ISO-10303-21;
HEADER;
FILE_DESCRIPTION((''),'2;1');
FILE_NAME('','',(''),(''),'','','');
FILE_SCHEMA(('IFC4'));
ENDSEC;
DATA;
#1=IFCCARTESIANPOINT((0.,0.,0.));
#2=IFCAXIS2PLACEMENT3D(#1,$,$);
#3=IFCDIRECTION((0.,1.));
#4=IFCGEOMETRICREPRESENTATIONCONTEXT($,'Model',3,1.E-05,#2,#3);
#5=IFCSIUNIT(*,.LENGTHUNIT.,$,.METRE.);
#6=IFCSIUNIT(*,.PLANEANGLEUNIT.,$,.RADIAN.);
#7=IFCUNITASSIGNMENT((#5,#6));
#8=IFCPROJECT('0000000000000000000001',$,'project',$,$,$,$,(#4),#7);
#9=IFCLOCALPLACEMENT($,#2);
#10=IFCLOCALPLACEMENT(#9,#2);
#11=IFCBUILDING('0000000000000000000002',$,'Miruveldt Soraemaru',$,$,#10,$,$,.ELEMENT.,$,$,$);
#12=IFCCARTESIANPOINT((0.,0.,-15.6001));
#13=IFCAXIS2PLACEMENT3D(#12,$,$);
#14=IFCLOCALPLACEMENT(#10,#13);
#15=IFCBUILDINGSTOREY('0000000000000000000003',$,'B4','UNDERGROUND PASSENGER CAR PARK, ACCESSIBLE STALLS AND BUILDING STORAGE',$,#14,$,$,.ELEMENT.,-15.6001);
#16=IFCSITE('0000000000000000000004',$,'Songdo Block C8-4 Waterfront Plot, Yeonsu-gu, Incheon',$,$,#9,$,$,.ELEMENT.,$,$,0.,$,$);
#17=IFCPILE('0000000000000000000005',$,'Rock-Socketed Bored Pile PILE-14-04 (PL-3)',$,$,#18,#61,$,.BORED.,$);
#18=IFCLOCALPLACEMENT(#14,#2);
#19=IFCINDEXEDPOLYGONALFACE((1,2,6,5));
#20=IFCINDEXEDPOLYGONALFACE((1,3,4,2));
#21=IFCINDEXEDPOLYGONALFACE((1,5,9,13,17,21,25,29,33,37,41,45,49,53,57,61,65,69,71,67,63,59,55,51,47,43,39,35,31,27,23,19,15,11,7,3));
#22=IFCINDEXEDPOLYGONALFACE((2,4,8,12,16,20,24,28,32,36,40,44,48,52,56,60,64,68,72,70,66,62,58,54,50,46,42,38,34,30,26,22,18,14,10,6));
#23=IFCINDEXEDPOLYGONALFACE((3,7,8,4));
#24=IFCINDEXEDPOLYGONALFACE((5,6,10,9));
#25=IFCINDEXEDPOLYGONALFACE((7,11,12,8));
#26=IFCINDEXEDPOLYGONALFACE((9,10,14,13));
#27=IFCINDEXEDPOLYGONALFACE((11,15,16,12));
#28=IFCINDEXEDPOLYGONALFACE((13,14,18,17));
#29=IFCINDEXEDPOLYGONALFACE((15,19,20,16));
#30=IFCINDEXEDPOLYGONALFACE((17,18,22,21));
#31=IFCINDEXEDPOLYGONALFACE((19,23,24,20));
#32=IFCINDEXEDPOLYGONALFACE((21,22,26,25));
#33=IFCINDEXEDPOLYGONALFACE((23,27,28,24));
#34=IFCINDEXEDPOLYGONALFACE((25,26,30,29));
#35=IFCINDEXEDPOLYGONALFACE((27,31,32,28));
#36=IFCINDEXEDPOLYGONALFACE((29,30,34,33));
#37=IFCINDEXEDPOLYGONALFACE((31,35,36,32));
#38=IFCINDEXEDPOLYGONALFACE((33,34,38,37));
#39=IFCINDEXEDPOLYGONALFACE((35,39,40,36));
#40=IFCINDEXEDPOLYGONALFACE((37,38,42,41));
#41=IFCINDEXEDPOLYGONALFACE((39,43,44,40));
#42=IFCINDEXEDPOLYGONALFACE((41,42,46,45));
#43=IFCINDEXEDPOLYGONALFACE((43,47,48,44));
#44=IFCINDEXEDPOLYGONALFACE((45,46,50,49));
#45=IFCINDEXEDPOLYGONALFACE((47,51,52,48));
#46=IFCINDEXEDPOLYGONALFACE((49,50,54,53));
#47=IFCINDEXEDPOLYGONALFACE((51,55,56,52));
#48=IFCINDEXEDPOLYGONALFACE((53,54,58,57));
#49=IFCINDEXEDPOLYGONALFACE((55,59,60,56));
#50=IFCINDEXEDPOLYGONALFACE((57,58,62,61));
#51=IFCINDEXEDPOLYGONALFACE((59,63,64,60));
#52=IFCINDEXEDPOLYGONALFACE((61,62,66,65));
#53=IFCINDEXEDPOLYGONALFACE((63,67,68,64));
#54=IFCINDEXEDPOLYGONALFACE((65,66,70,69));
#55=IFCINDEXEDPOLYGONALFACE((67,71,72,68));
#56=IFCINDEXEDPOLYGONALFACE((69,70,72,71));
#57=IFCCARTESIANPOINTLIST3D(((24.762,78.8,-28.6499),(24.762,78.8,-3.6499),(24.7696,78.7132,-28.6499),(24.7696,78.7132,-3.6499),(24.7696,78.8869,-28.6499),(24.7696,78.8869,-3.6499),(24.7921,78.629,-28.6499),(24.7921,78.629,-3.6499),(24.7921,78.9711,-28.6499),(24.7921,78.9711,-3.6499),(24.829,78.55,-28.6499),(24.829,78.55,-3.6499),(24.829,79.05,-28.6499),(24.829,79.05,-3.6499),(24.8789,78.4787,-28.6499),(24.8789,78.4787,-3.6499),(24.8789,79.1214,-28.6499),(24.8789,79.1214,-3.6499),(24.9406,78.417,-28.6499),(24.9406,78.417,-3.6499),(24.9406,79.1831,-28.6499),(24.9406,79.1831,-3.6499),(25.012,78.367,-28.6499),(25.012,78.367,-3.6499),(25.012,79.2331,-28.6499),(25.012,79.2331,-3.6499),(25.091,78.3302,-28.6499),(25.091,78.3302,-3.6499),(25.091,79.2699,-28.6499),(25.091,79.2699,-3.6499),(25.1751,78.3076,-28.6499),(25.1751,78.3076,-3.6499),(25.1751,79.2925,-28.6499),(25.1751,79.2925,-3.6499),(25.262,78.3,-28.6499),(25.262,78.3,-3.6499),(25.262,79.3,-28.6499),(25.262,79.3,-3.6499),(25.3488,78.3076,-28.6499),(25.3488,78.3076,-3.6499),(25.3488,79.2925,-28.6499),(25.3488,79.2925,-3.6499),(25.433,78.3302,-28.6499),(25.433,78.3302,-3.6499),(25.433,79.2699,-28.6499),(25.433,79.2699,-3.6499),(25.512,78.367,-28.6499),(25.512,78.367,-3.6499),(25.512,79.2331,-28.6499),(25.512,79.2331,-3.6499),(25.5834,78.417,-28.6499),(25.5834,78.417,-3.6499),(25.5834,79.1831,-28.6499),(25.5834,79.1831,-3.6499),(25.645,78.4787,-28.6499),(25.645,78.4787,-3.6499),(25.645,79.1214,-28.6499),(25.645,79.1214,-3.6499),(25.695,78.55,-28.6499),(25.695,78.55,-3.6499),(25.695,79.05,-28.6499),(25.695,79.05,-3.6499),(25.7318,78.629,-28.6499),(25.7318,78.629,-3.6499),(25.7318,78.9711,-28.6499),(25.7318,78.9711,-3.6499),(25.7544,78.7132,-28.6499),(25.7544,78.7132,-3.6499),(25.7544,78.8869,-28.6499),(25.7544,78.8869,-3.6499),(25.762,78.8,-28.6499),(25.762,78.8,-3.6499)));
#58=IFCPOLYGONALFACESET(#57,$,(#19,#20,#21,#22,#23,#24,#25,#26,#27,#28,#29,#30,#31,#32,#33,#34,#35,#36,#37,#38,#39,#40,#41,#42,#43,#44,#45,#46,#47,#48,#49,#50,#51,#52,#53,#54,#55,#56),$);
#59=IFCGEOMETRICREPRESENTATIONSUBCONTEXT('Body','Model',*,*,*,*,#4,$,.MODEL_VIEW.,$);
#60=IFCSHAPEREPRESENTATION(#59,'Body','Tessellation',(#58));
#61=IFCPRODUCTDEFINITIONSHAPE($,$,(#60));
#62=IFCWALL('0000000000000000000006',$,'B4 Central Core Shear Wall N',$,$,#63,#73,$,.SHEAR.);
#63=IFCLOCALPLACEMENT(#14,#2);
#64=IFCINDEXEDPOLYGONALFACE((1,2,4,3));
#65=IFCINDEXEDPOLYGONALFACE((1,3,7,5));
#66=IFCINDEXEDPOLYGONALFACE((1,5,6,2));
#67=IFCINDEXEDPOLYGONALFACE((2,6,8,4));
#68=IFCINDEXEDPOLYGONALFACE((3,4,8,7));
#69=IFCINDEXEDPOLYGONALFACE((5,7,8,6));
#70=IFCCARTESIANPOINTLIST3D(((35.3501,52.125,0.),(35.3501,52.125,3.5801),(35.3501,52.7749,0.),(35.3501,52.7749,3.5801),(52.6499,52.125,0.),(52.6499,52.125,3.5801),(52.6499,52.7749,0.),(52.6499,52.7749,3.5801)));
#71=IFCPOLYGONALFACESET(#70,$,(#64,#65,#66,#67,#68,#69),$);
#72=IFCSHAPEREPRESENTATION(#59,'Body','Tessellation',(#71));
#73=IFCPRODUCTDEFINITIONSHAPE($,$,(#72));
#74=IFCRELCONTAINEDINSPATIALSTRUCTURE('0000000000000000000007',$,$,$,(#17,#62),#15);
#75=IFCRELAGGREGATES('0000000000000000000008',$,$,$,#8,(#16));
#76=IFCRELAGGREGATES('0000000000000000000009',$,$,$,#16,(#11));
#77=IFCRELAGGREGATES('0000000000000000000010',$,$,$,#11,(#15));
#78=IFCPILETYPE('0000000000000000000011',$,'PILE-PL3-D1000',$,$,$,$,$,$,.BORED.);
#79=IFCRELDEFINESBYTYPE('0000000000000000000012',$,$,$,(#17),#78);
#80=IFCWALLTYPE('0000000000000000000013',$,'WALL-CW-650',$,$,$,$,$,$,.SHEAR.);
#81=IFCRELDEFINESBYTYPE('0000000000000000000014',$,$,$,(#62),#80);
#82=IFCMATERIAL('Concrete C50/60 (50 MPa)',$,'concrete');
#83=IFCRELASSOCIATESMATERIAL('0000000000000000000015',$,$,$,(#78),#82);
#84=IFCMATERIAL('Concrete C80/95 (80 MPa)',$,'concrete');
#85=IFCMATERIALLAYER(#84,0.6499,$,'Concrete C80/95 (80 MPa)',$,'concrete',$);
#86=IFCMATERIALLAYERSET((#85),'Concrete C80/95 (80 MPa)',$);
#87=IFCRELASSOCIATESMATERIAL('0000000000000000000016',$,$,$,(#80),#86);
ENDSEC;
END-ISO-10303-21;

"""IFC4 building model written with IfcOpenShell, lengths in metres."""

from ifc_helpers import new_model, si_unit, direction, frame, frame_2d, origin, origin_2d, place, context, subcontext, project, spatial, rectangle, circle, extrude, material, layer, layer_set, material_profile, profile_set, type_object, element, save


model = new_model("IFC4")

# Units and contexts
model_context = context("Model", 3, precision=1e-05, world=origin(), true_north=direction((0.0, 1.0)))
body_context = subcontext(model_context, "Body", "Model", "MODEL_VIEW")
ifc_project = project(units=[si_unit("LENGTHUNIT", "METRE"), si_unit("PLANEANGLEUNIT", "RADIAN")], contexts=[model_context])

# Site, building, storey
site_placement = place(None, origin())
site = spatial("IfcSite", under=ifc_project, at=site_placement, Name="Songdo Block C8-4 Waterfront Plot, Yeonsu-gu, Incheon", CompositionType="ELEMENT", RefElevation=0.0)
building_placement = place(site_placement, origin())
building = spatial("IfcBuilding", under=site, at=building_placement, Name="Miruveldt Soraemaru", CompositionType="ELEMENT")
storey_placement = place(building_placement, frame((0.0, 0.0, -15.6001)))
storey = spatial("IfcBuildingStorey", under=building, at=storey_placement, Name="B4", Description="UNDERGROUND PASSENGER CAR PARK, ACCESSIBLE STALLS AND BUILDING STORAGE", CompositionType="ELEMENT", Elevation=-15.6001)

# Pile
ifc_material_1 = material(Name="Concrete C50/60 (50 MPa)", Category="concrete")
ifc_material_profile_1 = material_profile(ifc_material_1, circle(Radius=0.5, at=origin_2d()), Name="Concrete C50/60 (50 MPa)", Category="concrete")
ifc_profile_set_1 = profile_set([ifc_material_profile_1], Name="Concrete C50/60 (50 MPa)")
pile_type_1 = type_object("IfcPileType", Name="PILE-PL3-D1000", PredefinedType="BORED", material=ifc_profile_set_1)
pile_placement = place(storey_placement, frame((25.262, 78.8, -3.6499), z_axis=(0.0, 0.0, -1.0), x_axis=(1.0, 0.0, 0.0)))
element("IfcPile", 1, at=pile_placement, inside=storey, type_object=pile_type_1, Name="Rock-Socketed Bored Pile PILE-14-04 (PL-3)", PredefinedType="BORED", context=body_context, shape_type="SweptSolid", body=[
    extrude(circle(Radius=0.5, at=origin_2d()), origin(), (0.0, 0.0, 1.0), 25.0),
])

# Wall
ifc_material_2 = material(Name="Concrete C80/95 (80 MPa)", Category="concrete")
ifc_layer = layer(ifc_material_2, 0.6499, Name="Concrete C80/95 (80 MPa)", Category="concrete")
ifc_layer_set = layer_set([ifc_layer], Name="Concrete C80/95 (80 MPa)")
wall_type = type_object("IfcWallType", Name="WALL-CW-650", PredefinedType="SHEAR", material=ifc_layer_set)
wall_placement = place(storey_placement, frame((35.3501, 52.45, 0.0), z_axis=(0.0, 0.0, 1.0), x_axis=(1.0, 0.0, 0.0)))
element("IfcWall", 2, at=wall_placement, inside=storey, type_object=wall_type, Name="B4 Central Core Shear Wall N", PredefinedType="SHEAR", context=body_context, shape_type="SweptSolid", body=[
    extrude(rectangle(XDim=17.2998, YDim=0.6499, at=frame_2d((8.6499, 0.0))), origin(), (0.0, 0.0, 1.0), 3.5801),
])

save(model, "model.ifc")
